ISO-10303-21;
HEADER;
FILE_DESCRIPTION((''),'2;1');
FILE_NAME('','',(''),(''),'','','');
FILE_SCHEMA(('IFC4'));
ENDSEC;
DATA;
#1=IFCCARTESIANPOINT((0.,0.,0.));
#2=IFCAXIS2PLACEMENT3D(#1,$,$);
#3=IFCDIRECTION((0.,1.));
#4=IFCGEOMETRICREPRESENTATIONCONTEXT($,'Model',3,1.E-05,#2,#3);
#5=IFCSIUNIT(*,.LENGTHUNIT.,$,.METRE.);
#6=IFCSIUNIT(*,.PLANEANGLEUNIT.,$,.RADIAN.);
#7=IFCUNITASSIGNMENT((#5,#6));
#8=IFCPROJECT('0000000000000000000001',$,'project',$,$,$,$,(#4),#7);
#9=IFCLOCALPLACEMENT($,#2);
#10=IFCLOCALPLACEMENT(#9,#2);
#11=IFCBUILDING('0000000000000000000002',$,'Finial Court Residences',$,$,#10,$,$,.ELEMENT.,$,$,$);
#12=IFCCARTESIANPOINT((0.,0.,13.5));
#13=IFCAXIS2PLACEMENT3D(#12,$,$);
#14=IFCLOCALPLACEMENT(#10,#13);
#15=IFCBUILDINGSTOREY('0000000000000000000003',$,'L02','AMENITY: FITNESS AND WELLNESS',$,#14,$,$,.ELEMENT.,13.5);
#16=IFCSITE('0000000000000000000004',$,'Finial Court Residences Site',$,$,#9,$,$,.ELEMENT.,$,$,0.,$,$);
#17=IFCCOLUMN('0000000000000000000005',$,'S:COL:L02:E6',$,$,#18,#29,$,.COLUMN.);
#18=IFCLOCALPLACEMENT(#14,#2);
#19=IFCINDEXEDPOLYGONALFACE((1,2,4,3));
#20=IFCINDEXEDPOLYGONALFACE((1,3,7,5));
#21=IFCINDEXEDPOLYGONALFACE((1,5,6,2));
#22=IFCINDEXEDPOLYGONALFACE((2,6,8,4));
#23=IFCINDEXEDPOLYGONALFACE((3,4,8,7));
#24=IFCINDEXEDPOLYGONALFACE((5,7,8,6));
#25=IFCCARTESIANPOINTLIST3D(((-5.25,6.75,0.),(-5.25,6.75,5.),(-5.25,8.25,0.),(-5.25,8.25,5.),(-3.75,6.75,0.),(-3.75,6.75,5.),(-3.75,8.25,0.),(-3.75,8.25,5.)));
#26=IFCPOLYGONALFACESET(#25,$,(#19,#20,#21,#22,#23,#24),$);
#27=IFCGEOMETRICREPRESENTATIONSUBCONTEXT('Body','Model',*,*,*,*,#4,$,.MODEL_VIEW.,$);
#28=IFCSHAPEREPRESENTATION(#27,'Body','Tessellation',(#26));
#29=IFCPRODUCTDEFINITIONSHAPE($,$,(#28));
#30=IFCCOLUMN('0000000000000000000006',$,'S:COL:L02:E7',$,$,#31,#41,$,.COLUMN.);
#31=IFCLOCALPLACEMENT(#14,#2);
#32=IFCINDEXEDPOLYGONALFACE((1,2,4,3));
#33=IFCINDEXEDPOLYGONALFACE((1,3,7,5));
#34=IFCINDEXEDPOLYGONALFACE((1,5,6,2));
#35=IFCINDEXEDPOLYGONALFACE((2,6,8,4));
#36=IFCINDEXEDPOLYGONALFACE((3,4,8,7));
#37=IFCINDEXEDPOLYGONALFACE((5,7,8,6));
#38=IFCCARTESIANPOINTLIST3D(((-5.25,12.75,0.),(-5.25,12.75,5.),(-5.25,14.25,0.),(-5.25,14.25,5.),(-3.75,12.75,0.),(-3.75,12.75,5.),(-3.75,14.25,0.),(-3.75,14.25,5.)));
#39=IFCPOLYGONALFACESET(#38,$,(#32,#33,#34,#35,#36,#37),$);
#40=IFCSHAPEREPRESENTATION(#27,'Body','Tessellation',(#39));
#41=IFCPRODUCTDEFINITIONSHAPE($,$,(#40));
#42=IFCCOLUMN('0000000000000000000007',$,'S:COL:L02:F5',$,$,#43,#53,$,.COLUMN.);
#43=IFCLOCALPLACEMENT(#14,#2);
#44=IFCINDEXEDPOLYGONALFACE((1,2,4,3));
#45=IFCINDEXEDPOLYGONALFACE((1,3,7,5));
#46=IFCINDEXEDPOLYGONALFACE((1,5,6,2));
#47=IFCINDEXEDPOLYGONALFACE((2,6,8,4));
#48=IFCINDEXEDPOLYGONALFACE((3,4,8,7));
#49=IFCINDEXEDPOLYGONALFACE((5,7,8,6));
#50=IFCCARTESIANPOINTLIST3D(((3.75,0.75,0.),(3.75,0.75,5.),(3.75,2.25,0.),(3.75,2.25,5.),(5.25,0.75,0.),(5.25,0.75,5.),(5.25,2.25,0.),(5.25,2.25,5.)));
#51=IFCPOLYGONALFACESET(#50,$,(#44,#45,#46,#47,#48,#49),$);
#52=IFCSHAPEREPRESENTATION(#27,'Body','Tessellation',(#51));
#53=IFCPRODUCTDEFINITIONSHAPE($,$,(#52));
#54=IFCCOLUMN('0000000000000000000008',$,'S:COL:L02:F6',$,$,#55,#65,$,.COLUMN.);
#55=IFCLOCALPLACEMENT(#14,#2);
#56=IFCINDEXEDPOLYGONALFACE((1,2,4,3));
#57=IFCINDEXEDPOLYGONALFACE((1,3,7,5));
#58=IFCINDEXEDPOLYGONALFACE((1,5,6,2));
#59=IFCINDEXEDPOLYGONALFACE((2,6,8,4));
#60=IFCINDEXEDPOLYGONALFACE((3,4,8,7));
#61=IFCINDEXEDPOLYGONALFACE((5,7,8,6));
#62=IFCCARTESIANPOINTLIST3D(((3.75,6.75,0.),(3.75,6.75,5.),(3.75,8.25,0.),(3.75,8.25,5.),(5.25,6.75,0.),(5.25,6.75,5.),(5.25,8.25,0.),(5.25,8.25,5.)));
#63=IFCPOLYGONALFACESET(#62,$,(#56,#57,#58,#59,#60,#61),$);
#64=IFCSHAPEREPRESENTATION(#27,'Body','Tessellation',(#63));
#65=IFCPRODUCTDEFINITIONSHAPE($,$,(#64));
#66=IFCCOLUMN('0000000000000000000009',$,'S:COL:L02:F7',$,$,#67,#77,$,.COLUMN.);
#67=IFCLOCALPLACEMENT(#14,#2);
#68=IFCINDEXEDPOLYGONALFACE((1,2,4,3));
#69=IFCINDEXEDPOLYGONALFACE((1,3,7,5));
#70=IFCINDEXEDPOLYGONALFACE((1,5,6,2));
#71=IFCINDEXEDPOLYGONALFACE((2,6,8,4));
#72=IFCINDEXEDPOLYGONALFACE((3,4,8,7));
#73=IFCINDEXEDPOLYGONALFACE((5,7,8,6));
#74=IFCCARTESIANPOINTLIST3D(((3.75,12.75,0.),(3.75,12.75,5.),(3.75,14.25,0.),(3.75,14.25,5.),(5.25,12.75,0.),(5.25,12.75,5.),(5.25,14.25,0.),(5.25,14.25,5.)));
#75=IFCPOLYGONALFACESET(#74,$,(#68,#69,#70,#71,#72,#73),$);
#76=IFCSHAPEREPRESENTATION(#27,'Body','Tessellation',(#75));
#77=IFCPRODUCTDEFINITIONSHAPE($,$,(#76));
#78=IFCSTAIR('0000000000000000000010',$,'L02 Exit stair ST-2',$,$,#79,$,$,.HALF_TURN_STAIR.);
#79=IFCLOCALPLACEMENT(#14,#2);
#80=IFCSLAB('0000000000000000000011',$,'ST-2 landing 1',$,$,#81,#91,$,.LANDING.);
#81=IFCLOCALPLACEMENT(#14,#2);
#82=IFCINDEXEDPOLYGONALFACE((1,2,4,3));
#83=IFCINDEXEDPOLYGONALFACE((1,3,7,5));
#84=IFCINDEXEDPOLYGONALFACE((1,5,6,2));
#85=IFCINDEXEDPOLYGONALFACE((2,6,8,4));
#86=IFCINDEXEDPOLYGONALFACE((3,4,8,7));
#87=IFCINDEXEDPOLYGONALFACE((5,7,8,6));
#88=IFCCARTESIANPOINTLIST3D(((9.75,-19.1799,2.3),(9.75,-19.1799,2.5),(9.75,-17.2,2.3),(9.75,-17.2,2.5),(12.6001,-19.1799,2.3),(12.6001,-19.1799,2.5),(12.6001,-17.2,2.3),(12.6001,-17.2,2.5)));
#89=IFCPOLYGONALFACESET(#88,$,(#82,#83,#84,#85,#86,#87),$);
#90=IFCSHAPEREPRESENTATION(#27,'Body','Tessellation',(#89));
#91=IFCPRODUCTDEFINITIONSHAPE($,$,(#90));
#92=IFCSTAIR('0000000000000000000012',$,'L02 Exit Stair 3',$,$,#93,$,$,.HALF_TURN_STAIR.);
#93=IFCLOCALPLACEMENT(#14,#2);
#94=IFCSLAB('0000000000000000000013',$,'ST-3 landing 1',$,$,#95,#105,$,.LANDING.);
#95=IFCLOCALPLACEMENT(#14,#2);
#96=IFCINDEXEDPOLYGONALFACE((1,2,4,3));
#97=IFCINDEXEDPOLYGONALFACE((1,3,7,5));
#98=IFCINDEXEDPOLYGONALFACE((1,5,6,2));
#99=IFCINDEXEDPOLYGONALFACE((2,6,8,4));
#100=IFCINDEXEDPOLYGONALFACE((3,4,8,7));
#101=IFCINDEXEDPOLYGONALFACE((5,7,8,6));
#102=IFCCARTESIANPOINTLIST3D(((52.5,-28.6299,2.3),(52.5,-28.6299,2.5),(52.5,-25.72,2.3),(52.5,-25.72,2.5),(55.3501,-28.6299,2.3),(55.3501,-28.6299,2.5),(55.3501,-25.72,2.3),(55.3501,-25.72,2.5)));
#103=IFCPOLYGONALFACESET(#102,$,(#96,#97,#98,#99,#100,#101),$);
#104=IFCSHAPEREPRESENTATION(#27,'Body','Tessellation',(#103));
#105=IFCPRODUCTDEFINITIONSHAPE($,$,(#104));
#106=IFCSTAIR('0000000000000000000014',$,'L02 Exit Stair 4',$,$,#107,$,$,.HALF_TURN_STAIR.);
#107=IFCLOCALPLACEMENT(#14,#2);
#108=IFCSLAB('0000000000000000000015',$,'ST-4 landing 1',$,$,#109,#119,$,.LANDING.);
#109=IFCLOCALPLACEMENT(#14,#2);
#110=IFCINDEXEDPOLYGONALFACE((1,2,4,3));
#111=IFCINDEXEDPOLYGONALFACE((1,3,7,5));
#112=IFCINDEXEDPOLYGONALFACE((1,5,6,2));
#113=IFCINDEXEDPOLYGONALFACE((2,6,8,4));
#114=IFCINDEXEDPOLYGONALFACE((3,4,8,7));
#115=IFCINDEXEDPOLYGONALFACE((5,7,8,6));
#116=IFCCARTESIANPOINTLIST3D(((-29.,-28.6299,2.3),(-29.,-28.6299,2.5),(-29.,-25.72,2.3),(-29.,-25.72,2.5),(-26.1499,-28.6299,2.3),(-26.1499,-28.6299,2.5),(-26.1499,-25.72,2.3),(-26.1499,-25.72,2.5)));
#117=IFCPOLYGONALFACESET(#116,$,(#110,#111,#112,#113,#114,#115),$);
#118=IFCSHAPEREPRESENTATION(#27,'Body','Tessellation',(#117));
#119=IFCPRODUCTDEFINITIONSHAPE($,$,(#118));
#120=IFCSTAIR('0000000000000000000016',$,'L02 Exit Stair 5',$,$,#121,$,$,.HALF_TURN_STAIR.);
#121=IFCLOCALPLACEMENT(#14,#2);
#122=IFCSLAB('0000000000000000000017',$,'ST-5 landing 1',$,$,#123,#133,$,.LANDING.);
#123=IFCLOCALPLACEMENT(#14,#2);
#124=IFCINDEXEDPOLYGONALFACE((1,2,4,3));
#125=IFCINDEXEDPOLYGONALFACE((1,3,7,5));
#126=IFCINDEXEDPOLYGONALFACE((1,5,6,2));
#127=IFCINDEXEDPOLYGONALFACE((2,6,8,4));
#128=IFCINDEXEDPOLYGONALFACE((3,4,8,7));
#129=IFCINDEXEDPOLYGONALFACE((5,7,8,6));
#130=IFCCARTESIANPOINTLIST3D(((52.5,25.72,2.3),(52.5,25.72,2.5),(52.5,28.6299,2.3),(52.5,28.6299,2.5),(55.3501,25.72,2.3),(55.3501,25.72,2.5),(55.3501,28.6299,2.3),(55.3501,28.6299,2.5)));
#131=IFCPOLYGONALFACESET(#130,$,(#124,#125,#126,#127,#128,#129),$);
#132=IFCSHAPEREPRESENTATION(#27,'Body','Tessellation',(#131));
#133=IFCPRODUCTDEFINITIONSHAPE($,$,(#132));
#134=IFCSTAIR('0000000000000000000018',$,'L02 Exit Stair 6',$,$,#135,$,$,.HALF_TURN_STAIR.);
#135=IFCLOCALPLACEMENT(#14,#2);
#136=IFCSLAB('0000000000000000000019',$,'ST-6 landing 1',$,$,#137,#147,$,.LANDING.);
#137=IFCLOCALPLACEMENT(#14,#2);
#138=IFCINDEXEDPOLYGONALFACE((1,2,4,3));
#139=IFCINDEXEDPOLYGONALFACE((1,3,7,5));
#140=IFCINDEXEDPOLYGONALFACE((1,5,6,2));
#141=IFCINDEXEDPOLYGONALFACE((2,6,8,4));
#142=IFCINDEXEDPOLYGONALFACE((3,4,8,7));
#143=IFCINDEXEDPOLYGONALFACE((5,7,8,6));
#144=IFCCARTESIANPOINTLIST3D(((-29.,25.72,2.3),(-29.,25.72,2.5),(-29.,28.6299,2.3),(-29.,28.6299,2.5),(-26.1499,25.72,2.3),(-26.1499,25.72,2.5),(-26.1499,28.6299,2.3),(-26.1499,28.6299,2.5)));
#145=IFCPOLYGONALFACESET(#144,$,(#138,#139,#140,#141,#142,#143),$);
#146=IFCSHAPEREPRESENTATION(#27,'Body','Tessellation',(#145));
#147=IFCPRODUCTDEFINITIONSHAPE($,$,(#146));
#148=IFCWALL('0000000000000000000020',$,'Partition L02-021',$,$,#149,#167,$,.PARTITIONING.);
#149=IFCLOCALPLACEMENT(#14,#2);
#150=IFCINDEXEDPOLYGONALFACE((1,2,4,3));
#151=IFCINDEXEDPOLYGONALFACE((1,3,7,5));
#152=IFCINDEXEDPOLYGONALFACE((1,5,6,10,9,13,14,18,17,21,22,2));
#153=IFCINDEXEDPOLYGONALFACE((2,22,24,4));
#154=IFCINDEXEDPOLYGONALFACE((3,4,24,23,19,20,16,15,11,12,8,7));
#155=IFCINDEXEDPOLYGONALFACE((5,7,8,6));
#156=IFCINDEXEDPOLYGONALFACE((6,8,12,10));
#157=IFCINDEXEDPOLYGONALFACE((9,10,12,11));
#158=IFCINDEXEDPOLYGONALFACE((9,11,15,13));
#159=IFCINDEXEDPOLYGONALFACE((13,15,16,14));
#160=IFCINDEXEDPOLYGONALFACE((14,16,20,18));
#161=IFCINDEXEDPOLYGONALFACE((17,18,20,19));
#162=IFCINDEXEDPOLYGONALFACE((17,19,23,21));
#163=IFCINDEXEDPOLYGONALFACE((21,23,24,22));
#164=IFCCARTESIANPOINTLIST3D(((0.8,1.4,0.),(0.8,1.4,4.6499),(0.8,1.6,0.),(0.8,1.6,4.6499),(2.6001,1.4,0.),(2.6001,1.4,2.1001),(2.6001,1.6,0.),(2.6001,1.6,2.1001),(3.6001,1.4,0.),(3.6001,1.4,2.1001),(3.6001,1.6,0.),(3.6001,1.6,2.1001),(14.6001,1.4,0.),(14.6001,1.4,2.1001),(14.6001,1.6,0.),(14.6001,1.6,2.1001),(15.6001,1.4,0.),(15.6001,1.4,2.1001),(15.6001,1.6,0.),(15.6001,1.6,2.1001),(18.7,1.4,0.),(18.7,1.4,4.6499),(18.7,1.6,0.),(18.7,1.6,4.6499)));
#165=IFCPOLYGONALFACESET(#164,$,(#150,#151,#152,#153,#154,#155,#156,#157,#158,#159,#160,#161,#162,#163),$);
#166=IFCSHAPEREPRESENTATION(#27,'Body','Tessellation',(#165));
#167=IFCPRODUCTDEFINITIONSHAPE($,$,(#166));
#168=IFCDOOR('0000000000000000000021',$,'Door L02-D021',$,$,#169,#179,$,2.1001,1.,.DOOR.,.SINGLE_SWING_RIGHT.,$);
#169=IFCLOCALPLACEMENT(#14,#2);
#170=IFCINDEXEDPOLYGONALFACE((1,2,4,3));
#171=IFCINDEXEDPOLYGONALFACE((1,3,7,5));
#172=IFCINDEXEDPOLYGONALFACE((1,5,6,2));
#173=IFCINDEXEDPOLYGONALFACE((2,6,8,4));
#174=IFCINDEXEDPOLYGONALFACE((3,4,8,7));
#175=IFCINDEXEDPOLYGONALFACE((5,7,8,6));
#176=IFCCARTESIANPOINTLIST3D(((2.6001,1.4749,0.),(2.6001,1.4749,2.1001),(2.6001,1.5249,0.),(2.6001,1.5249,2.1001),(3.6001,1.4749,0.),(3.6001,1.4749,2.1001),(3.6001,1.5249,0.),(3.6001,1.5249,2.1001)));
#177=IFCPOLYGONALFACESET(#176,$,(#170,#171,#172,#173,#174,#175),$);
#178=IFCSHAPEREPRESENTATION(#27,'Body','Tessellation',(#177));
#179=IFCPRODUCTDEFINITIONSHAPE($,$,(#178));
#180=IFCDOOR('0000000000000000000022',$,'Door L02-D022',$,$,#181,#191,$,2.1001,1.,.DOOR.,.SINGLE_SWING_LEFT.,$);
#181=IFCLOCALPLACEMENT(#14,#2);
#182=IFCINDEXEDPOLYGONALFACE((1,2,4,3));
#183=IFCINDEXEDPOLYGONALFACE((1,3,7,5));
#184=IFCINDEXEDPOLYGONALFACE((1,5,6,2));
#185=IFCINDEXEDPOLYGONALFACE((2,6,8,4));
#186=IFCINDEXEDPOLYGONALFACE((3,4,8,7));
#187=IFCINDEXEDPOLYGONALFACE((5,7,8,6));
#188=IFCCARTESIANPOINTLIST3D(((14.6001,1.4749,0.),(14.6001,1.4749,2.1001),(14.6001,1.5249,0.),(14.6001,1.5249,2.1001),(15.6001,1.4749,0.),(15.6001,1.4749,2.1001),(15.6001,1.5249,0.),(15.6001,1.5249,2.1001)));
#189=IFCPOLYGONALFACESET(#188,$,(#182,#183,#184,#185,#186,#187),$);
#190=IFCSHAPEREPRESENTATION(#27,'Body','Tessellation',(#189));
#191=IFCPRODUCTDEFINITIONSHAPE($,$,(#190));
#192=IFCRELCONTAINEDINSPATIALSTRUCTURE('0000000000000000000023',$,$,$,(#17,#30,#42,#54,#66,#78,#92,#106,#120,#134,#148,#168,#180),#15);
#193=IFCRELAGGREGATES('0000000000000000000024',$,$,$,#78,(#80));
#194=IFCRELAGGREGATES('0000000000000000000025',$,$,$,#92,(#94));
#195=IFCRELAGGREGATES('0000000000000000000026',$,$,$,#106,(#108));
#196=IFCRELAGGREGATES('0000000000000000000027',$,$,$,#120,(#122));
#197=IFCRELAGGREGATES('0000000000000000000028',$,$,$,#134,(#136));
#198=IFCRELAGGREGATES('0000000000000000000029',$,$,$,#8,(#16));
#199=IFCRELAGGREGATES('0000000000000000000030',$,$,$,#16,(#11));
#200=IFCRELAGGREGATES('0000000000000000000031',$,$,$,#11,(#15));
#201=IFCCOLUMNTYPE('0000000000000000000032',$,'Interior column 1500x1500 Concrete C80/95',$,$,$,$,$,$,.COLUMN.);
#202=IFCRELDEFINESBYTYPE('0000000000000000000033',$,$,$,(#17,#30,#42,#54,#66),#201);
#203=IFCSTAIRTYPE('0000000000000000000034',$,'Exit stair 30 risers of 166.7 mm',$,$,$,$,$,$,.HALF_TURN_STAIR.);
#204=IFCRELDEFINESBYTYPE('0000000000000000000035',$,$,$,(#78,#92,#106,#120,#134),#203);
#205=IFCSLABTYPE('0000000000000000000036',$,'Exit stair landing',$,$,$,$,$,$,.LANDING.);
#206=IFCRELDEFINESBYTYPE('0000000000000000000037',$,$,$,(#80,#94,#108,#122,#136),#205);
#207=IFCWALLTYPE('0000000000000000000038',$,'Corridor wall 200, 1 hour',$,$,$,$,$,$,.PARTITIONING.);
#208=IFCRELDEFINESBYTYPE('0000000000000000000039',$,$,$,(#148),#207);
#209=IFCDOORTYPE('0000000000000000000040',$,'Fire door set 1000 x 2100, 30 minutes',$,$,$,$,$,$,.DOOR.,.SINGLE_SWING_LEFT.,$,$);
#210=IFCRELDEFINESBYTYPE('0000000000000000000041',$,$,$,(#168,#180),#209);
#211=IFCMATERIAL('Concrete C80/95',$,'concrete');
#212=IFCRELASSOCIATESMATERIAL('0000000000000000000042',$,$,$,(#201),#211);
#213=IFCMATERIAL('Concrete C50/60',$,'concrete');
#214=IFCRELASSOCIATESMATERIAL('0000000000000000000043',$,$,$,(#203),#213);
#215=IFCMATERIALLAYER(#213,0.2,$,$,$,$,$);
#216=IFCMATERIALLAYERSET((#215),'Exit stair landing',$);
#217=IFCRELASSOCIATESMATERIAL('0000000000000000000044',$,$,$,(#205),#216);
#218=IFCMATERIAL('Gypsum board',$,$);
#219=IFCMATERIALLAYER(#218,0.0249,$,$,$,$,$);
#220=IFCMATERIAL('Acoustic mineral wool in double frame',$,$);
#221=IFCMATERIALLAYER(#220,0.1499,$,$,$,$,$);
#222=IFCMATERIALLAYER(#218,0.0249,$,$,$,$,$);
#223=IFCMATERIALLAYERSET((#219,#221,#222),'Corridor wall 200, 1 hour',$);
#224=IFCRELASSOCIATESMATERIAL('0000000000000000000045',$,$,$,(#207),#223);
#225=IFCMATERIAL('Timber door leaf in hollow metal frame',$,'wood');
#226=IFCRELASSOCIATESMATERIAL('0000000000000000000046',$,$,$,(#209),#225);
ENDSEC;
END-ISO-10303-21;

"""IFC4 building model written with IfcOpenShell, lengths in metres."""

from ifc_helpers import new_model, si_unit, direction, frame, frame_2d, origin, origin_2d, place, context, subcontext, project, spatial, polyline, rectangle, outline, extrude, material, layer, layer_set, material_profile, profile_set, type_object, element, fill, aggregate, save


model = new_model("IFC4")

# Units and contexts
model_context = context("Model", 3, precision=1e-05, world=origin(), true_north=direction((0.0, 1.0)))
body_context = subcontext(model_context, "Body", "Model", "MODEL_VIEW")
ifc_project = project(units=[si_unit("LENGTHUNIT", "METRE"), si_unit("PLANEANGLEUNIT", "RADIAN")], contexts=[model_context])

# Site, building, storey
site_placement = place(None, origin())
site = spatial("IfcSite", under=ifc_project, at=site_placement, Name="Finial Court Residences Site", CompositionType="ELEMENT", RefElevation=0.0)
building_placement = place(site_placement, origin())
building = spatial("IfcBuilding", under=site, at=building_placement, Name="Finial Court Residences", CompositionType="ELEMENT")
storey_placement = place(building_placement, frame((0.0, 0.0, 13.5)))
storey = spatial("IfcBuildingStorey", under=building, at=storey_placement, Name="L02", Description="AMENITY: FITNESS AND WELLNESS", CompositionType="ELEMENT", Elevation=13.5)

# Columns
ifc_material_1 = material(Name="Concrete C80/95", Category="concrete")
ifc_material_profile = material_profile(ifc_material_1, rectangle(XDim=1.5, YDim=1.5, at=origin_2d()), Name="1500x1500")
ifc_profile_set = profile_set([ifc_material_profile], Name="Concrete C80/95")
column_type = type_object("IfcColumnType", Name="Interior column 1500x1500 Concrete C80/95", PredefinedType="COLUMN", material=ifc_profile_set)
for number, where, z_axis, x_axis, name in (
    (1, (-4.5, 7.5, 0.0), (0.0, 0.0, 1.0), (1.0, 0.0, 0.0), "S:COL:L02:E6"),
    (2, (-4.5, 13.5, 0.0), (0.0, 0.0, 1.0), (1.0, 0.0, 0.0), "S:COL:L02:E7"),
    (3, (4.5, 1.5, 0.0), (0.0, 0.0, 1.0), (1.0, 0.0, 0.0), "S:COL:L02:F5"),
    (4, (4.5, 7.5, 0.0), (0.0, 0.0, 1.0), (1.0, 0.0, 0.0), "S:COL:L02:F6"),
    (5, (4.5, 13.5, 0.0), (0.0, 0.0, 1.0), (1.0, 0.0, 0.0), "S:COL:L02:F7"),
):
    element("IfcColumn", number, at=place(storey_placement, frame(where, z_axis=z_axis, x_axis=x_axis)), inside=storey, type_object=column_type, Name=name, PredefinedType="COLUMN", context=body_context, shape_type="SweptSolid", body=[
        extrude(rectangle(XDim=1.5, YDim=1.5, at=origin_2d()), origin(), (0.0, 0.0, 1.0), 5.0),
    ])

# Stairs, slabs
ifc_material_2 = material(Name="Concrete C50/60", Category="concrete")
stair_type = type_object("IfcStairType", Name="Exit stair 30 risers of 166.7 mm", PredefinedType="HALF_TURN_STAIR", material=ifc_material_2)
stair_1_placement = place(storey_placement, origin())
stair_1 = element("IfcStair", 6, at=stair_1_placement, inside=storey, type_object=stair_type, Name="L02 Exit stair ST-2", PredefinedType="HALF_TURN_STAIR")
ifc_layer_1 = layer(ifc_material_2, 0.2)
ifc_layer_set_1 = layer_set([ifc_layer_1], Name="Exit stair landing")
slab_type = type_object("IfcSlabType", Name="Exit stair landing", PredefinedType="LANDING", material=ifc_layer_set_1)
slab_1_placement = place(storey_placement, frame((0.0, 0.0, 2.3)))
slab_1 = element("IfcSlab", 7, at=slab_1_placement, type_object=slab_type, Name="ST-2 landing 1", PredefinedType="LANDING", context=body_context, shape_type="SweptSolid", body=[
    extrude(outline(polyline([(12.6001, -19.1799), (12.6001, -17.2), (9.75, -17.2), (9.75, -19.1799), (12.6001, -19.1799)])), origin(), (0.0, 0.0, 1.0), 0.2),
])
aggregate(stair_1, [slab_1])
stair_2_placement = place(storey_placement, origin())
stair_2 = element("IfcStair", 8, at=stair_2_placement, inside=storey, type_object=stair_type, Name="L02 Exit Stair 3", PredefinedType="HALF_TURN_STAIR")
slab_2_placement = place(storey_placement, frame((0.0, 0.0, 2.3)))
slab_2 = element("IfcSlab", 9, at=slab_2_placement, type_object=slab_type, Name="ST-3 landing 1", PredefinedType="LANDING", context=body_context, shape_type="SweptSolid", body=[
    extrude(outline(polyline([(55.3501, -28.6299), (55.3501, -25.72), (52.5, -25.72), (52.5, -28.6299), (55.3501, -28.6299)])), origin(), (0.0, 0.0, 1.0), 0.2),
])
aggregate(stair_2, [slab_2])
stair_3_placement = place(storey_placement, origin())
stair_3 = element("IfcStair", 10, at=stair_3_placement, inside=storey, type_object=stair_type, Name="L02 Exit Stair 4", PredefinedType="HALF_TURN_STAIR")
slab_3_placement = place(storey_placement, frame((0.0, 0.0, 2.3)))
slab_3 = element("IfcSlab", 11, at=slab_3_placement, type_object=slab_type, Name="ST-4 landing 1", PredefinedType="LANDING", context=body_context, shape_type="SweptSolid", body=[
    extrude(outline(polyline([(-26.1499, -28.6299), (-26.1499, -25.72), (-29.0, -25.72), (-29.0, -28.6299), (-26.1499, -28.6299)])), origin(), (0.0, 0.0, 1.0), 0.2),
])
aggregate(stair_3, [slab_3])
stair_4_placement = place(storey_placement, origin())
stair_4 = element("IfcStair", 12, at=stair_4_placement, inside=storey, type_object=stair_type, Name="L02 Exit Stair 5", PredefinedType="HALF_TURN_STAIR")
slab_4_placement = place(storey_placement, frame((0.0, 0.0, 2.3)))
slab_4 = element("IfcSlab", 13, at=slab_4_placement, type_object=slab_type, Name="ST-5 landing 1", PredefinedType="LANDING", context=body_context, shape_type="SweptSolid", body=[
    extrude(outline(polyline([(52.5, 28.6299), (52.5, 25.72), (55.3501, 25.72), (55.3501, 28.6299), (52.5, 28.6299)])), origin(), (0.0, 0.0, 1.0), 0.2),
])
aggregate(stair_4, [slab_4])
stair_5_placement = place(storey_placement, origin())
stair_5 = element("IfcStair", 14, at=stair_5_placement, inside=storey, type_object=stair_type, Name="L02 Exit Stair 6", PredefinedType="HALF_TURN_STAIR")
slab_5_placement = place(storey_placement, frame((0.0, 0.0, 2.3)))
slab_5 = element("IfcSlab", 15, at=slab_5_placement, type_object=slab_type, Name="ST-6 landing 1", PredefinedType="LANDING", context=body_context, shape_type="SweptSolid", body=[
    extrude(outline(polyline([(-29.0, 28.6299), (-29.0, 25.72), (-26.1499, 25.72), (-26.1499, 28.6299), (-29.0, 28.6299)])), origin(), (0.0, 0.0, 1.0), 0.2),
])
aggregate(stair_5, [slab_5])

# Wall, openings, doors
ifc_material_3 = material(Name="Gypsum board")
ifc_layer_2 = layer(ifc_material_3, 0.0249)
ifc_material_4 = material(Name="Acoustic mineral wool in double frame")
ifc_layer_3 = layer(ifc_material_4, 0.1499)
ifc_layer_4 = layer(ifc_material_3, 0.0249)
ifc_layer_set_2 = layer_set([ifc_layer_2, ifc_layer_3, ifc_layer_4], Name="Corridor wall 200, 1 hour")
wall_type_1 = type_object("IfcWallType", Name="Corridor wall 200, 1 hour", PredefinedType="PARTITIONING", material=ifc_layer_set_2)
wall_1_placement = place(storey_placement, frame((0.8, 1.5, 0.0), z_axis=(0.0, 0.0, 1.0), x_axis=(1.0, 0.0, 0.0)))
wall_1 = element("IfcWall", 16, at=wall_1_placement, inside=storey, type_object=wall_type_1, Name="Partition L02-021", PredefinedType="PARTITIONING", context=body_context, shape_type="SweptSolid", body=[
    extrude(rectangle(XDim=17.8999, YDim=0.2, at=frame_2d((8.95, 0.0))), origin(), (0.0, 0.0, 1.0), 4.6499),
])
opening_1_placement = place(wall_1_placement, frame((1.8, 0.0, 0.0)))
opening_1 = element("IfcOpeningElement", 17, at=opening_1_placement, cuts=wall_1, PredefinedType="OPENING", context=body_context, shape_type="SweptSolid", body=[
    extrude(rectangle(XDim=1.0, YDim=2.1001, at=frame_2d((0.5, 1.05))), frame((0.0, 0.1099, 0.0), z_axis=(0.0, -1.0, 0.0), x_axis=(1.0, 0.0, 0.0)), (0.0, 0.0, 1.0), 0.22),
])
opening_2_placement = place(wall_1_placement, frame((13.8, 0.0, 0.0)))
opening_2 = element("IfcOpeningElement", 18, at=opening_2_placement, cuts=wall_1, PredefinedType="OPENING", context=body_context, shape_type="SweptSolid", body=[
    extrude(rectangle(XDim=1.0, YDim=2.1001, at=frame_2d((0.5, 1.05))), frame((0.0, 0.1099, 0.0), z_axis=(0.0, -1.0, 0.0), x_axis=(1.0, 0.0, 0.0)), (0.0, 0.0, 1.0), 0.22),
])
ifc_material_5 = material(Name="Timber door leaf in hollow metal frame", Category="wood")
door_type = type_object("IfcDoorType", Name="Fire door set 1000 x 2100, 30 minutes", OperationType="SINGLE_SWING_LEFT", PredefinedType="DOOR", material=ifc_material_5)
door_1_placement = place(opening_1_placement, origin())
door_1 = element("IfcDoor", 19, at=door_1_placement, inside=storey, type_object=door_type, Name="Door L02-D021", OperationType="SINGLE_SWING_RIGHT", OverallHeight=2.1001, OverallWidth=1.0, PredefinedType="DOOR", context=body_context, shape_type="SweptSolid", body=[
    extrude(rectangle(XDim=1.0, YDim=2.1001, at=frame_2d((0.5, 1.05))), frame((0.0, 0.0249, 0.0), z_axis=(0.0, -1.0, 0.0), x_axis=(1.0, 0.0, 0.0)), (0.0, 0.0, 1.0), 0.05),
])
fill(opening_1, door_1)
door_2_placement = place(opening_2_placement, origin())
door_2 = element("IfcDoor", 20, at=door_2_placement, inside=storey, type_object=door_type, Name="Door L02-D022", OperationType="SINGLE_SWING_LEFT", OverallHeight=2.1001, OverallWidth=1.0, PredefinedType="DOOR", context=body_context, shape_type="SweptSolid", body=[
    extrude(rectangle(XDim=1.0, YDim=2.1001, at=frame_2d((0.5, 1.05))), frame((0.0, 0.0249, 0.0), z_axis=(0.0, -1.0, 0.0), x_axis=(1.0, 0.0, 0.0)), (0.0, 0.0, 1.0), 0.05),
])
fill(opening_2, door_2)

save(model, "model.ifc")
